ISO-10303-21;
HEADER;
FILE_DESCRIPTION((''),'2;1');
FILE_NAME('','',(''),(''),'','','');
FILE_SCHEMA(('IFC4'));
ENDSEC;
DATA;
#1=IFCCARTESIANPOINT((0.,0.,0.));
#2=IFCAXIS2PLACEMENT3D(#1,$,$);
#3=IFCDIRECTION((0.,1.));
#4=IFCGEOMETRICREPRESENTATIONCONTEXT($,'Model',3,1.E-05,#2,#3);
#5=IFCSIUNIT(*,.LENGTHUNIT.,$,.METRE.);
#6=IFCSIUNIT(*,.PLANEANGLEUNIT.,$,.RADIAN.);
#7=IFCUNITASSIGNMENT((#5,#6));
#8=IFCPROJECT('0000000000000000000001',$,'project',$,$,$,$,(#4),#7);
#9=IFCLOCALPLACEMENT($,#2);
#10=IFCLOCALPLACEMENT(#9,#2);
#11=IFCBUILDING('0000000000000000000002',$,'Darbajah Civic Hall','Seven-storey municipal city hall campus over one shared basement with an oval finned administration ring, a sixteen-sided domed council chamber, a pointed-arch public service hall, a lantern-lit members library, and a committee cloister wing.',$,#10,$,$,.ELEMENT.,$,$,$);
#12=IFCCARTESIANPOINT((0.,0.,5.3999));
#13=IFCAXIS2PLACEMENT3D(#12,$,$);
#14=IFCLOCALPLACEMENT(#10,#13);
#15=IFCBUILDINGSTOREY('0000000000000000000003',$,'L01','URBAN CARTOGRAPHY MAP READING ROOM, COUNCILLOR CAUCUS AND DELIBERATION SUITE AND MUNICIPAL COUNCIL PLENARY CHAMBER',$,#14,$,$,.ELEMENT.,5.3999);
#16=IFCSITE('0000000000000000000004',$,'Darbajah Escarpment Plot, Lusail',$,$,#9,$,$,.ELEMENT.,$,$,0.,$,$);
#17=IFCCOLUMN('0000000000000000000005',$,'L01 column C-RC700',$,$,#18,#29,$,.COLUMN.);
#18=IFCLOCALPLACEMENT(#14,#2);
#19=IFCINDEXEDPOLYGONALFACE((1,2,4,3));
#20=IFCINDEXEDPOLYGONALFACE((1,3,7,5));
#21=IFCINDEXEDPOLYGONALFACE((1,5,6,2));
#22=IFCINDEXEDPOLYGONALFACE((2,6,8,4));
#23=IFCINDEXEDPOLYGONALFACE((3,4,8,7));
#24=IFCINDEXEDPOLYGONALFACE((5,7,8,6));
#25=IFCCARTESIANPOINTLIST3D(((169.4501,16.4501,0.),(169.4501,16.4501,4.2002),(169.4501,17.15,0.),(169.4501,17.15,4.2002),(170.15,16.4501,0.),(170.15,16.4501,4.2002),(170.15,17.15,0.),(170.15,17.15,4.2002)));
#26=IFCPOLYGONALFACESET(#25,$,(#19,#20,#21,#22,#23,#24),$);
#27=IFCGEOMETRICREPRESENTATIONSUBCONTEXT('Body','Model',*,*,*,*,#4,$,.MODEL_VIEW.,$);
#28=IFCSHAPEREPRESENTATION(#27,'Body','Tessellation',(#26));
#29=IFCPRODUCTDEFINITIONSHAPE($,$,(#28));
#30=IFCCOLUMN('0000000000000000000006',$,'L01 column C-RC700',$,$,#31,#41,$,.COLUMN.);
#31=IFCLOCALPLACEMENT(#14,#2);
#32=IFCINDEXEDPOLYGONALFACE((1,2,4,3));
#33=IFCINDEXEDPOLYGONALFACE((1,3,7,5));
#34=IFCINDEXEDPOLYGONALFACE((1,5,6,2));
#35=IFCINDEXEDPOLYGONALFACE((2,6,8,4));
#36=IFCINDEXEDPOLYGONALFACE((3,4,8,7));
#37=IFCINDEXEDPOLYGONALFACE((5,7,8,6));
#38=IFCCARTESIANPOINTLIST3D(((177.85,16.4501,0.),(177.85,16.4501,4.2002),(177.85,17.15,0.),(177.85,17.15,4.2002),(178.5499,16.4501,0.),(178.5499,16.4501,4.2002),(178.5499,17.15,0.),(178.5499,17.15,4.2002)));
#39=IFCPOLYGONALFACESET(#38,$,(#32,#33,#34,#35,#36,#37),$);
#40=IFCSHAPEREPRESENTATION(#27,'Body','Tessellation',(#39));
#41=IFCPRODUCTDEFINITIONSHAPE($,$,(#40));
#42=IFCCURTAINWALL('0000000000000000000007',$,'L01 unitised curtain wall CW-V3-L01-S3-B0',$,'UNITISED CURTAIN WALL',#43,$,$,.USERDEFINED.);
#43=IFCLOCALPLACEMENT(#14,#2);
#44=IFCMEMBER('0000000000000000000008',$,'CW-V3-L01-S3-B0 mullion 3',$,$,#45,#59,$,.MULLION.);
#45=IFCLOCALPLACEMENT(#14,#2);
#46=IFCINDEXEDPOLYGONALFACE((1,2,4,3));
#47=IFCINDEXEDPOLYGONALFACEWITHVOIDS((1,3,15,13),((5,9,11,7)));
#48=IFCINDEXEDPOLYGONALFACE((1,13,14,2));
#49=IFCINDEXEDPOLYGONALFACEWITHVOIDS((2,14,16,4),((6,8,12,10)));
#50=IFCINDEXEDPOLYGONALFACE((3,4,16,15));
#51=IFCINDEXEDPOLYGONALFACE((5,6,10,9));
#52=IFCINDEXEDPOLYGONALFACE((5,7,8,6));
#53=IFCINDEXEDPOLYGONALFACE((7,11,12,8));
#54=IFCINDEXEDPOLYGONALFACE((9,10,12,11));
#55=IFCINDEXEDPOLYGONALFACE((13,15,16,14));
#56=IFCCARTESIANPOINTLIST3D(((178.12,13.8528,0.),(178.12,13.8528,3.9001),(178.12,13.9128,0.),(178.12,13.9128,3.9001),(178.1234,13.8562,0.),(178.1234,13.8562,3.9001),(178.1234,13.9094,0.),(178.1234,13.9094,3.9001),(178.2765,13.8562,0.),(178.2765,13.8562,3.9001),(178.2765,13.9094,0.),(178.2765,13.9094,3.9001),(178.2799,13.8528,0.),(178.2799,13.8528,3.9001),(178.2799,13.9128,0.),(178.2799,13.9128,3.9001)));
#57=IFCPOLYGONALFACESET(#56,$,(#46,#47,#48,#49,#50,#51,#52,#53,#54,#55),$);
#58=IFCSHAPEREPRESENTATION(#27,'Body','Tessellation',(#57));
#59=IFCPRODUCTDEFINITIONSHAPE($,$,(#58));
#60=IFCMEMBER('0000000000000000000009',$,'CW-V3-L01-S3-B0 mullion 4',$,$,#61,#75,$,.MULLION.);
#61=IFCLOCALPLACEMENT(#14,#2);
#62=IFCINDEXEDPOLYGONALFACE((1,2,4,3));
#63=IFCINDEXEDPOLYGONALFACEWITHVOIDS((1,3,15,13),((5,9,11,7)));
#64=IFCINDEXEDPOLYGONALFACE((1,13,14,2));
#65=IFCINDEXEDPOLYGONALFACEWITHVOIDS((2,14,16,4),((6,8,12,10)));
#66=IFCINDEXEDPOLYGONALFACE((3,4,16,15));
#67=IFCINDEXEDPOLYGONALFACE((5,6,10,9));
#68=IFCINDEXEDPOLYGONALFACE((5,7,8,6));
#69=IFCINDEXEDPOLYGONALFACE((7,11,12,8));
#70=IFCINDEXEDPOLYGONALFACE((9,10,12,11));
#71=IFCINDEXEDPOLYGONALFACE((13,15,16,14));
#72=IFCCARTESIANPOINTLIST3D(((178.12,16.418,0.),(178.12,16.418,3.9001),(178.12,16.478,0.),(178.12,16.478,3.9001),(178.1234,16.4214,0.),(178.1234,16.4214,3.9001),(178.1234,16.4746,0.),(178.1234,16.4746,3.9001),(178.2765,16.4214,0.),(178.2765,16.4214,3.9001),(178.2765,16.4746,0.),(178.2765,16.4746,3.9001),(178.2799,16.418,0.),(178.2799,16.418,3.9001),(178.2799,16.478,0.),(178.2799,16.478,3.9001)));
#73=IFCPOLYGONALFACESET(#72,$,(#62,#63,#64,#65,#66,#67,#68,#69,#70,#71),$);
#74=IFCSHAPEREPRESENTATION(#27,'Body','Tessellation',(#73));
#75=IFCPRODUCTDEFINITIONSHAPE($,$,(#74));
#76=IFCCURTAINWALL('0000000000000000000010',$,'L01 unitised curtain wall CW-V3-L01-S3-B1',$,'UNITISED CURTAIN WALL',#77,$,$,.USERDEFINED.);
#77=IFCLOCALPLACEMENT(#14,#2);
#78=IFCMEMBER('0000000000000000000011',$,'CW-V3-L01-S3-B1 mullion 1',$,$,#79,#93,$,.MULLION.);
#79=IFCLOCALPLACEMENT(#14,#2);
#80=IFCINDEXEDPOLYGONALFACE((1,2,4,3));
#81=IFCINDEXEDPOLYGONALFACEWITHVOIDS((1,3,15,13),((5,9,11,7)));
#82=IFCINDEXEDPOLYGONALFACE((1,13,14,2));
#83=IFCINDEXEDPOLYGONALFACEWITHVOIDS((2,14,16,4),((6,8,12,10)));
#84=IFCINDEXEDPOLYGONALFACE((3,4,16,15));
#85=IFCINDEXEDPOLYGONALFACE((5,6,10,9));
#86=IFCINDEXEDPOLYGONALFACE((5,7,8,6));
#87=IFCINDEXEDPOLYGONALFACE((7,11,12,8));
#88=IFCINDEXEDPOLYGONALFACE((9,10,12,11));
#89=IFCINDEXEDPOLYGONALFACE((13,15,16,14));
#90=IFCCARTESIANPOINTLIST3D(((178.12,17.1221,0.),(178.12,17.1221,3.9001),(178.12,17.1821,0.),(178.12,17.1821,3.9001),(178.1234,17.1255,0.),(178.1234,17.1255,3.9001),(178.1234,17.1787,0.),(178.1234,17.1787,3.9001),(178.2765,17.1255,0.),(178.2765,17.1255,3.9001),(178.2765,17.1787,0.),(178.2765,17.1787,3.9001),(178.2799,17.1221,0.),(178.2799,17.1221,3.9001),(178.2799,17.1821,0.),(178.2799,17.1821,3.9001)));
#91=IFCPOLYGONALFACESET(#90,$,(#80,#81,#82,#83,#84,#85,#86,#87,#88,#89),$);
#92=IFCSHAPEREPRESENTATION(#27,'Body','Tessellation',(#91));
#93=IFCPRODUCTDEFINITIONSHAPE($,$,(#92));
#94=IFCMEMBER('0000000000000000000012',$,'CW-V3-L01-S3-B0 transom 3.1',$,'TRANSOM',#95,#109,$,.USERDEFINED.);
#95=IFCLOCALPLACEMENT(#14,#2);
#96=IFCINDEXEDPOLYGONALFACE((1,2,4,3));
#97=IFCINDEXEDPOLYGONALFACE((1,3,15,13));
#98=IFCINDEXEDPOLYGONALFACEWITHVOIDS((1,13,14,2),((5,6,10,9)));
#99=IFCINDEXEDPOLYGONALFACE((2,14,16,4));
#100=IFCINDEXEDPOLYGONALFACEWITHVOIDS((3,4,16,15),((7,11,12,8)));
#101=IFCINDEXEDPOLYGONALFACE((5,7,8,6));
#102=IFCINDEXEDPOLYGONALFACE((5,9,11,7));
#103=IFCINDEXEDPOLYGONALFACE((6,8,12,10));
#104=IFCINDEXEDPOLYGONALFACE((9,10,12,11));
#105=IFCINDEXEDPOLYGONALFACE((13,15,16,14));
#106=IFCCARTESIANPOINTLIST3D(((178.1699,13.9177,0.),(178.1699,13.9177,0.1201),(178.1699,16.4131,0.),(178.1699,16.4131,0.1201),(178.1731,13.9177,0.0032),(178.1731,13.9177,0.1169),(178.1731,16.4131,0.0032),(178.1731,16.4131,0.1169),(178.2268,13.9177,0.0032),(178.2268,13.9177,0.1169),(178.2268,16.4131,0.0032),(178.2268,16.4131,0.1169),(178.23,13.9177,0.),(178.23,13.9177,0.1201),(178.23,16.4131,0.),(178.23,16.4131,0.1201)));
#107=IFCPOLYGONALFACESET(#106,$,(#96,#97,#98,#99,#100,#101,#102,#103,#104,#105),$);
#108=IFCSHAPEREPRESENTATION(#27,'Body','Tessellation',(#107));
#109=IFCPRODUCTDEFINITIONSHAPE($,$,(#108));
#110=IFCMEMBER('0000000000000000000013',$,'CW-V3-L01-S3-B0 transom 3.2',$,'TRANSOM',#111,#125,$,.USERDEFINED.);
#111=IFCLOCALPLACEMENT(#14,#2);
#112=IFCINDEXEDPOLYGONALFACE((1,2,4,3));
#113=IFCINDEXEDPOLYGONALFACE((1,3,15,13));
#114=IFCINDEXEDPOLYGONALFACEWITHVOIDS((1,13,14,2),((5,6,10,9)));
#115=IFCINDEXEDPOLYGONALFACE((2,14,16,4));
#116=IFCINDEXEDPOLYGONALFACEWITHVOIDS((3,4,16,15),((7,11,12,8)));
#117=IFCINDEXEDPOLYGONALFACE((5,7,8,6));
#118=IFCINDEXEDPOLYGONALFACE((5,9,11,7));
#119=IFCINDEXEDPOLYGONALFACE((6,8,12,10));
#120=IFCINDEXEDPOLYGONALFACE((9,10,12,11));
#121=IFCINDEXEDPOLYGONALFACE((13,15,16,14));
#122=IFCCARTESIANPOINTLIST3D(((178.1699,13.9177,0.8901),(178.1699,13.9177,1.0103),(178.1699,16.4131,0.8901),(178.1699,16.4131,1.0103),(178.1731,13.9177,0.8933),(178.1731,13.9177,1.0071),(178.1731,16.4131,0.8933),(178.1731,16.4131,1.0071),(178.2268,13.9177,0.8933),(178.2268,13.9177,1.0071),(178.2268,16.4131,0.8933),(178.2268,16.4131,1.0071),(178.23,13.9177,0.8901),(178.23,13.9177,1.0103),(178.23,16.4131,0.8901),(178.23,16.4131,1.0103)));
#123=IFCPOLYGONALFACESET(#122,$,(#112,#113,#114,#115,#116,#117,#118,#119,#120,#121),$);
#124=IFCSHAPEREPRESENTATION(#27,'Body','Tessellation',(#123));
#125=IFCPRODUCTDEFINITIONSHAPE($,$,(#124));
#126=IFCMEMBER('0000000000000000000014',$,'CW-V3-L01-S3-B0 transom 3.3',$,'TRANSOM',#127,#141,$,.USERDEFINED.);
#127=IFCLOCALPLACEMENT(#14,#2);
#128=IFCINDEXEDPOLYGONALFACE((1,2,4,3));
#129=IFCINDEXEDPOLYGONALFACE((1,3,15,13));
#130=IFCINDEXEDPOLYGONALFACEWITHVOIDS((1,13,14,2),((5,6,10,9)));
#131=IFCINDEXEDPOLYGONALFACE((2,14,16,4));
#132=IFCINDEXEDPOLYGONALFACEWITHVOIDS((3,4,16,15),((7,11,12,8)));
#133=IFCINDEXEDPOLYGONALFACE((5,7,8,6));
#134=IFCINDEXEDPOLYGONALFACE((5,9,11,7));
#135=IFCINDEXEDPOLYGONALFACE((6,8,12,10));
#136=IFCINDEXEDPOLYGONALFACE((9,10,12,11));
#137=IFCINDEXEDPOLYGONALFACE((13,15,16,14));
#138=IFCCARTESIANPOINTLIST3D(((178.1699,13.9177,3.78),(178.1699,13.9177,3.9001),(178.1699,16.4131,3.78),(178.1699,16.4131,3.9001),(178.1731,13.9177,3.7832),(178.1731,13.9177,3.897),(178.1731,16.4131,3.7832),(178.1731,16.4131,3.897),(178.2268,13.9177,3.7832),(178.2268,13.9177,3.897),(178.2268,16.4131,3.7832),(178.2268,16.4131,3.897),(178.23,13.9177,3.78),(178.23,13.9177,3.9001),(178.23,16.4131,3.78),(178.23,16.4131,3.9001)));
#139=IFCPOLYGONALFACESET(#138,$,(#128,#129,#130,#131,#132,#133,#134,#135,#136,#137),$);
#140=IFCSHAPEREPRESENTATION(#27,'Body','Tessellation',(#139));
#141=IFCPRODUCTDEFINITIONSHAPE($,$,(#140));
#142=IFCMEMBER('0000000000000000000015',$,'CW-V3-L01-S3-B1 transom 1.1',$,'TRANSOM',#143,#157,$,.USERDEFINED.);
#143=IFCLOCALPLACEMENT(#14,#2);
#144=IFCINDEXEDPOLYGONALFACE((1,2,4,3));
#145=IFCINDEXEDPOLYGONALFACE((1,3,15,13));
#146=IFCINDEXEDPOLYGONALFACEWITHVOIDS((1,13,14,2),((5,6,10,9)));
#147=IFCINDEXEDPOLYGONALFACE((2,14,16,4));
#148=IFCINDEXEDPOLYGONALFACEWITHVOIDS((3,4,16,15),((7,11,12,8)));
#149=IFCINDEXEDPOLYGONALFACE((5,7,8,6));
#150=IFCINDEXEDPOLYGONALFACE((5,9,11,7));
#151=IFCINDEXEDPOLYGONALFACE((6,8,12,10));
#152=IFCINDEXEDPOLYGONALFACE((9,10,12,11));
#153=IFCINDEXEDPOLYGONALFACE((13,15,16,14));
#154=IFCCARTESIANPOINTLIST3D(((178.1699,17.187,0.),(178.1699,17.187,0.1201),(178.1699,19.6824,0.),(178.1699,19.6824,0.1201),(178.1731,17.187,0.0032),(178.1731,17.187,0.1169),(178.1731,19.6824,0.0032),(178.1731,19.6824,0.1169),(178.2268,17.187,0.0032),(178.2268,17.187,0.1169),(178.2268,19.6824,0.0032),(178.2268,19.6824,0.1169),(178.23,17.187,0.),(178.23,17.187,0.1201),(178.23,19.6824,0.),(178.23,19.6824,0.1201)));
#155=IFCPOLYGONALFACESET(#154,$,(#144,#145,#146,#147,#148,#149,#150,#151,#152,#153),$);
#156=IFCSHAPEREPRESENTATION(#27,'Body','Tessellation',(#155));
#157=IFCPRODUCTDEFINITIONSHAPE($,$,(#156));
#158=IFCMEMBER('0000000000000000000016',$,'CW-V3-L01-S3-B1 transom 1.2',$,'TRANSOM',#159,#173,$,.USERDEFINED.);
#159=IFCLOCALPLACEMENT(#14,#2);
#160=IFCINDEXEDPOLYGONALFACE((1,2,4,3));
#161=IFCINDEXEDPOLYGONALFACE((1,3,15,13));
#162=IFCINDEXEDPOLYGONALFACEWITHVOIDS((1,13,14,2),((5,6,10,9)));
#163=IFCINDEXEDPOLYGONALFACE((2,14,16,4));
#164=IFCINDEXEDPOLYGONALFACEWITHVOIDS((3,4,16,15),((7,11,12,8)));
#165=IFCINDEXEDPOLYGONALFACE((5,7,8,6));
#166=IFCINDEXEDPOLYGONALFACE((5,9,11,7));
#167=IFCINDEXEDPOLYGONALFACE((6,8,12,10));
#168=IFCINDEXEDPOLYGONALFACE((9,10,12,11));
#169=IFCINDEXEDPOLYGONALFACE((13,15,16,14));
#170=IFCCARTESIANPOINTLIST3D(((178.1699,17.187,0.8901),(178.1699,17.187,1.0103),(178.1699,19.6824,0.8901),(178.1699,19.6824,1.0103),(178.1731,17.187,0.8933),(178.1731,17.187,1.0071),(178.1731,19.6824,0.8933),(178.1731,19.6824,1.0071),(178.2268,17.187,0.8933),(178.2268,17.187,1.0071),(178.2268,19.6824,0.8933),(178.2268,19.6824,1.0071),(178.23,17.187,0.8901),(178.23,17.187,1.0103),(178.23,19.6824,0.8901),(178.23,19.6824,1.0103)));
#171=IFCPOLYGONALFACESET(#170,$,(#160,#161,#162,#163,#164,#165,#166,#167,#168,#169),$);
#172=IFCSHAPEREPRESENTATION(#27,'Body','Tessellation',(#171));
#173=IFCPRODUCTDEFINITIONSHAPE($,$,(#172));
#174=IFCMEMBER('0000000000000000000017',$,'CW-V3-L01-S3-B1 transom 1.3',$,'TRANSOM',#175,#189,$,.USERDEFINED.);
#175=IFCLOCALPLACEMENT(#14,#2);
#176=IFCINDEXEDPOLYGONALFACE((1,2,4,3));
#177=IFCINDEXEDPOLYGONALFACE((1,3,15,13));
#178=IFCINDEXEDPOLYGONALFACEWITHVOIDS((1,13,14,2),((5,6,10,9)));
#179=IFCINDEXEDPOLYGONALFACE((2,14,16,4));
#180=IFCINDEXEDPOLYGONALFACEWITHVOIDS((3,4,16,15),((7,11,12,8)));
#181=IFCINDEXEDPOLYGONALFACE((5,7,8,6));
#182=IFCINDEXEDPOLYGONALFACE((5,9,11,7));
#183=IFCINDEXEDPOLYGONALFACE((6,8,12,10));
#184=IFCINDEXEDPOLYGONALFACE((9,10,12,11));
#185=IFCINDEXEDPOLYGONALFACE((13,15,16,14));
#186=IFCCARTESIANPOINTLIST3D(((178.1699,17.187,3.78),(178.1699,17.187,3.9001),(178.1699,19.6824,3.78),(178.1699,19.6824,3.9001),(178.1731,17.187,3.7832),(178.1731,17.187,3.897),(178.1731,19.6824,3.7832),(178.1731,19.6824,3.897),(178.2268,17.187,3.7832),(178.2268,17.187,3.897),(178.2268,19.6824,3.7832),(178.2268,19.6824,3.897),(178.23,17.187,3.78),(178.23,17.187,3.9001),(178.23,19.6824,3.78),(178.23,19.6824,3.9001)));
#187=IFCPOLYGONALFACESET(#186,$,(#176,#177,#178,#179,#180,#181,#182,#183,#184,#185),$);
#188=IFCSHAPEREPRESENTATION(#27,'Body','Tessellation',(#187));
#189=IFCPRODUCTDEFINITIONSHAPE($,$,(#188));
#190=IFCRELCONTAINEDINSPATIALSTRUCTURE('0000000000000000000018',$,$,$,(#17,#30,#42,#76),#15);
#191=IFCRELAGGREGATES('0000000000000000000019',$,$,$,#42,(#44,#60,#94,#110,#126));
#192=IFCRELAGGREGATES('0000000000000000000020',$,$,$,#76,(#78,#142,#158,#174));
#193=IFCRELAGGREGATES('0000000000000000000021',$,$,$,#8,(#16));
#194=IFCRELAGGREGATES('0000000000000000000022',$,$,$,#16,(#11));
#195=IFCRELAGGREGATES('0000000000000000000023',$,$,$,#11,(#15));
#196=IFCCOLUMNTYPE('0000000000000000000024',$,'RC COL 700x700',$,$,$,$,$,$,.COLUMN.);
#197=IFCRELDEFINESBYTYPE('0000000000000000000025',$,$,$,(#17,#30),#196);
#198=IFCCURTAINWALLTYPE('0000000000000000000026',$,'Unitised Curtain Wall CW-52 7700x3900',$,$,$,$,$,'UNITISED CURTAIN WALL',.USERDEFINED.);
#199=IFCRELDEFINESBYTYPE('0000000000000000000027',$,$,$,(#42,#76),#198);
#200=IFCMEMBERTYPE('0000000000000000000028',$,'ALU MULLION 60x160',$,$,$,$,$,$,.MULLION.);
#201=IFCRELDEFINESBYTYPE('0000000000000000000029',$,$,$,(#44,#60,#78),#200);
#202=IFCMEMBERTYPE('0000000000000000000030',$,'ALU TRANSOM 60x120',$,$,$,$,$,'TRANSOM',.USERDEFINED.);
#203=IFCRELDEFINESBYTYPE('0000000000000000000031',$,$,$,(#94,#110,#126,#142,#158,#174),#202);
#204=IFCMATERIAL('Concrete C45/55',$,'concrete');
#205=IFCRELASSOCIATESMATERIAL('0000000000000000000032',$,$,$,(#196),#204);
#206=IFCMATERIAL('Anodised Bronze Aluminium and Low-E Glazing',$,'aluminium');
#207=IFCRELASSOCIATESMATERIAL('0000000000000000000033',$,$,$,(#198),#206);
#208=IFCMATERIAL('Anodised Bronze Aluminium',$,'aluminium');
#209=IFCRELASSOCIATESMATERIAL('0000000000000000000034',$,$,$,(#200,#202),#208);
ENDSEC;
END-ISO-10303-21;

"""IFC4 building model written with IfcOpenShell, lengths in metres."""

from ifc_helpers import new_model, si_unit, direction, frame, origin, origin_2d, place, context, subcontext, project, spatial, rectangle, hollow_rectangle, extrude, material, material_profile, profile_set, type_object, element, aggregate, save


model = new_model("IFC4")

# Units and contexts
model_context = context("Model", 3, precision=1e-05, world=origin(), true_north=direction((0.0, 1.0)))
body_context = subcontext(model_context, "Body", "Model", "MODEL_VIEW")
ifc_project = project(units=[si_unit("LENGTHUNIT", "METRE"), si_unit("PLANEANGLEUNIT", "RADIAN")], contexts=[model_context])

# Site, building, storey
site_placement = place(None, origin())
site = spatial("IfcSite", under=ifc_project, at=site_placement, Name="Darbajah Escarpment Plot, Lusail", CompositionType="ELEMENT", RefElevation=0.0)
building_placement = place(site_placement, origin())
building = spatial("IfcBuilding", under=site, at=building_placement, Name="Darbajah Civic Hall", Description="Seven-storey municipal city hall campus over one shared basement with an oval finned administration ring, a sixteen-sided domed council chamber, a pointed-arch public service hall, a lantern-lit members library, and a committee cloister wing.", CompositionType="ELEMENT")
storey_placement = place(building_placement, frame((0.0, 0.0, 5.3999)))
storey = spatial("IfcBuildingStorey", under=building, at=storey_placement, Name="L01", Description="URBAN CARTOGRAPHY MAP READING ROOM, COUNCILLOR CAUCUS AND DELIBERATION SUITE AND MUNICIPAL COUNCIL PLENARY CHAMBER", CompositionType="ELEMENT", Elevation=5.3999)

# Columns
ifc_material_1 = material(Name="Concrete C45/55", Category="concrete")
ifc_material_profile_1 = material_profile(ifc_material_1, rectangle(XDim=0.7, YDim=0.7, at=origin_2d()), Name="RC COL 700x700")
ifc_profile_set_1 = profile_set([ifc_material_profile_1], Name="Concrete C45/55")
column_type = type_object("IfcColumnType", Name="RC COL 700x700", PredefinedType="COLUMN", material=ifc_profile_set_1)
for number, where, z_axis, x_axis, name in (
    (1, (169.8, 16.8, 0.0), (0.0, 0.0, 1.0), (1.0, 0.0, 0.0), "L01 column C-RC700"),
    (2, (178.2, 16.8, 0.0), (0.0, 0.0, 1.0), (1.0, 0.0, 0.0), "L01 column C-RC700"),
):
    element("IfcColumn", number, at=place(storey_placement, frame(where, z_axis=z_axis, x_axis=x_axis)), inside=storey, type_object=column_type, Name=name, PredefinedType="COLUMN", context=body_context, shape_type="SweptSolid", body=[
        extrude(rectangle(XDim=0.7, YDim=0.7, at=origin_2d()), origin(), (0.0, 0.0, 1.0), 4.2002),
    ])

# Curtain wall, members
ifc_material_2 = material(Name="Anodised Bronze Aluminium and Low-E Glazing", Category="aluminium")
curtain_wall_type = type_object("IfcCurtainWallType", Name="Unitised Curtain Wall CW-52 7700x3900", ElementType="UNITISED CURTAIN WALL", PredefinedType="USERDEFINED", material=ifc_material_2)
curtain_wall_1_placement = place(storey_placement, origin())
curtain_wall_1 = element("IfcCurtainWall", 3, at=curtain_wall_1_placement, inside=storey, type_object=curtain_wall_type, Name="L01 unitised curtain wall CW-V3-L01-S3-B0", ObjectType="UNITISED CURTAIN WALL", PredefinedType="USERDEFINED")
ifc_material_3 = material(Name="Anodised Bronze Aluminium", Category="aluminium")
ifc_material_profile_2 = material_profile(ifc_material_3, hollow_rectangle(XDim=0.0601, YDim=0.1599, WallThickness=0.0034, at=origin_2d()), Name="ALU MULLION 60x160")
ifc_profile_set_2 = profile_set([ifc_material_profile_2], Name="Anodised Bronze Aluminium")
member_type_1 = type_object("IfcMemberType", Name="ALU MULLION 60x160", PredefinedType="MULLION", material=ifc_profile_set_2)
member_1_placement = place(storey_placement, frame((178.2, 13.8828, 0.0), z_axis=(0.0, 0.0, 1.0), x_axis=(0.0, 1.0, 0.0)))
member_1 = element("IfcMember", 4, at=member_1_placement, type_object=member_type_1, Name="CW-V3-L01-S3-B0 mullion 3", PredefinedType="MULLION", context=body_context, shape_type="SweptSolid", body=[
    extrude(hollow_rectangle(XDim=0.0601, YDim=0.1599, WallThickness=0.0034, at=origin_2d()), origin(), (0.0, 0.0, 1.0), 3.9001),
])
member_2_placement = place(storey_placement, frame((178.2, 16.448, 0.0), z_axis=(0.0, 0.0, 1.0), x_axis=(0.0, 1.0, 0.0)))
member_2 = element("IfcMember", 5, at=member_2_placement, type_object=member_type_1, Name="CW-V3-L01-S3-B0 mullion 4", PredefinedType="MULLION", context=body_context, shape_type="SweptSolid", body=[
    extrude(hollow_rectangle(XDim=0.0601, YDim=0.1599, WallThickness=0.0034, at=origin_2d()), origin(), (0.0, 0.0, 1.0), 3.9001),
])

# Curtain wall, member
curtain_wall_2_placement = place(storey_placement, origin())
curtain_wall_2 = element("IfcCurtainWall", 6, at=curtain_wall_2_placement, inside=storey, type_object=curtain_wall_type, Name="L01 unitised curtain wall CW-V3-L01-S3-B1", ObjectType="UNITISED CURTAIN WALL", PredefinedType="USERDEFINED")
member_3_placement = place(storey_placement, frame((178.2, 17.1521, 0.0), z_axis=(0.0, 0.0, 1.0), x_axis=(0.0, 1.0, 0.0)))
member_3 = element("IfcMember", 7, at=member_3_placement, type_object=member_type_1, Name="CW-V3-L01-S3-B1 mullion 1", PredefinedType="MULLION", context=body_context, shape_type="SweptSolid", body=[
    extrude(hollow_rectangle(XDim=0.0601, YDim=0.1599, WallThickness=0.0034, at=origin_2d()), origin(), (0.0, 0.0, 1.0), 3.9001),
])

# Members
ifc_material_profile_3 = material_profile(ifc_material_3, hollow_rectangle(XDim=0.0601, YDim=0.1201, WallThickness=0.0032, at=origin_2d()), Name="ALU TRANSOM 60x120")
ifc_profile_set_3 = profile_set([ifc_material_profile_3], Name="Anodised Bronze Aluminium")
member_type_2 = type_object("IfcMemberType", Name="ALU TRANSOM 60x120", ElementType="TRANSOM", PredefinedType="USERDEFINED", material=ifc_profile_set_3)
member_4_placement = place(storey_placement, frame((178.2, 13.9177, 0.0601), z_axis=(0.0, 1.0, 0.0), x_axis=(-1.0, 0.0, 0.0)))
member_4 = element("IfcMember", 8, at=member_4_placement, type_object=member_type_2, Name="CW-V3-L01-S3-B0 transom 3.1", ObjectType="TRANSOM", PredefinedType="USERDEFINED", context=body_context, shape_type="SweptSolid", body=[
    extrude(hollow_rectangle(XDim=0.0601, YDim=0.1201, WallThickness=0.0032, at=origin_2d()), origin(), (0.0, 0.0, 1.0), 2.4954),
])
member_5_placement = place(storey_placement, frame((178.2, 13.9177, 0.9502), z_axis=(0.0, 1.0, 0.0), x_axis=(-1.0, 0.0, 0.0)))
member_5 = element("IfcMember", 9, at=member_5_placement, type_object=member_type_2, Name="CW-V3-L01-S3-B0 transom 3.2", ObjectType="TRANSOM", PredefinedType="USERDEFINED", context=body_context, shape_type="SweptSolid", body=[
    extrude(hollow_rectangle(XDim=0.0601, YDim=0.1201, WallThickness=0.0032, at=origin_2d()), origin(), (0.0, 0.0, 1.0), 2.4954),
])
member_6_placement = place(storey_placement, frame((178.2, 13.9177, 3.8401), z_axis=(0.0, 1.0, 0.0), x_axis=(-1.0, 0.0, 0.0)))
member_6 = element("IfcMember", 10, at=member_6_placement, type_object=member_type_2, Name="CW-V3-L01-S3-B0 transom 3.3", ObjectType="TRANSOM", PredefinedType="USERDEFINED", context=body_context, shape_type="SweptSolid", body=[
    extrude(hollow_rectangle(XDim=0.0601, YDim=0.1201, WallThickness=0.0032, at=origin_2d()), origin(), (0.0, 0.0, 1.0), 2.4954),
])
member_7_placement = place(storey_placement, frame((178.2, 17.187, 0.0601), z_axis=(0.0, 1.0, 0.0), x_axis=(-1.0, 0.0, 0.0)))
member_7 = element("IfcMember", 11, at=member_7_placement, type_object=member_type_2, Name="CW-V3-L01-S3-B1 transom 1.1", ObjectType="TRANSOM", PredefinedType="USERDEFINED", context=body_context, shape_type="SweptSolid", body=[
    extrude(hollow_rectangle(XDim=0.0601, YDim=0.1201, WallThickness=0.0032, at=origin_2d()), origin(), (0.0, 0.0, 1.0), 2.4954),
])
member_8_placement = place(storey_placement, frame((178.2, 17.187, 0.9502), z_axis=(0.0, 1.0, 0.0), x_axis=(-1.0, 0.0, 0.0)))
member_8 = element("IfcMember", 12, at=member_8_placement, type_object=member_type_2, Name="CW-V3-L01-S3-B1 transom 1.2", ObjectType="TRANSOM", PredefinedType="USERDEFINED", context=body_context, shape_type="SweptSolid", body=[
    extrude(hollow_rectangle(XDim=0.0601, YDim=0.1201, WallThickness=0.0032, at=origin_2d()), origin(), (0.0, 0.0, 1.0), 2.4954),
])
member_9_placement = place(storey_placement, frame((178.2, 17.187, 3.8401), z_axis=(0.0, 1.0, 0.0), x_axis=(-1.0, 0.0, 0.0)))
member_9 = element("IfcMember", 13, at=member_9_placement, type_object=member_type_2, Name="CW-V3-L01-S3-B1 transom 1.3", ObjectType="TRANSOM", PredefinedType="USERDEFINED", context=body_context, shape_type="SweptSolid", body=[
    extrude(hollow_rectangle(XDim=0.0601, YDim=0.1201, WallThickness=0.0032, at=origin_2d()), origin(), (0.0, 0.0, 1.0), 2.4954),
])

aggregate(curtain_wall_1, [member_1, member_2, member_4, member_5, member_6])
aggregate(curtain_wall_2, [member_3, member_7, member_8, member_9])

save(model, "model.ifc")
